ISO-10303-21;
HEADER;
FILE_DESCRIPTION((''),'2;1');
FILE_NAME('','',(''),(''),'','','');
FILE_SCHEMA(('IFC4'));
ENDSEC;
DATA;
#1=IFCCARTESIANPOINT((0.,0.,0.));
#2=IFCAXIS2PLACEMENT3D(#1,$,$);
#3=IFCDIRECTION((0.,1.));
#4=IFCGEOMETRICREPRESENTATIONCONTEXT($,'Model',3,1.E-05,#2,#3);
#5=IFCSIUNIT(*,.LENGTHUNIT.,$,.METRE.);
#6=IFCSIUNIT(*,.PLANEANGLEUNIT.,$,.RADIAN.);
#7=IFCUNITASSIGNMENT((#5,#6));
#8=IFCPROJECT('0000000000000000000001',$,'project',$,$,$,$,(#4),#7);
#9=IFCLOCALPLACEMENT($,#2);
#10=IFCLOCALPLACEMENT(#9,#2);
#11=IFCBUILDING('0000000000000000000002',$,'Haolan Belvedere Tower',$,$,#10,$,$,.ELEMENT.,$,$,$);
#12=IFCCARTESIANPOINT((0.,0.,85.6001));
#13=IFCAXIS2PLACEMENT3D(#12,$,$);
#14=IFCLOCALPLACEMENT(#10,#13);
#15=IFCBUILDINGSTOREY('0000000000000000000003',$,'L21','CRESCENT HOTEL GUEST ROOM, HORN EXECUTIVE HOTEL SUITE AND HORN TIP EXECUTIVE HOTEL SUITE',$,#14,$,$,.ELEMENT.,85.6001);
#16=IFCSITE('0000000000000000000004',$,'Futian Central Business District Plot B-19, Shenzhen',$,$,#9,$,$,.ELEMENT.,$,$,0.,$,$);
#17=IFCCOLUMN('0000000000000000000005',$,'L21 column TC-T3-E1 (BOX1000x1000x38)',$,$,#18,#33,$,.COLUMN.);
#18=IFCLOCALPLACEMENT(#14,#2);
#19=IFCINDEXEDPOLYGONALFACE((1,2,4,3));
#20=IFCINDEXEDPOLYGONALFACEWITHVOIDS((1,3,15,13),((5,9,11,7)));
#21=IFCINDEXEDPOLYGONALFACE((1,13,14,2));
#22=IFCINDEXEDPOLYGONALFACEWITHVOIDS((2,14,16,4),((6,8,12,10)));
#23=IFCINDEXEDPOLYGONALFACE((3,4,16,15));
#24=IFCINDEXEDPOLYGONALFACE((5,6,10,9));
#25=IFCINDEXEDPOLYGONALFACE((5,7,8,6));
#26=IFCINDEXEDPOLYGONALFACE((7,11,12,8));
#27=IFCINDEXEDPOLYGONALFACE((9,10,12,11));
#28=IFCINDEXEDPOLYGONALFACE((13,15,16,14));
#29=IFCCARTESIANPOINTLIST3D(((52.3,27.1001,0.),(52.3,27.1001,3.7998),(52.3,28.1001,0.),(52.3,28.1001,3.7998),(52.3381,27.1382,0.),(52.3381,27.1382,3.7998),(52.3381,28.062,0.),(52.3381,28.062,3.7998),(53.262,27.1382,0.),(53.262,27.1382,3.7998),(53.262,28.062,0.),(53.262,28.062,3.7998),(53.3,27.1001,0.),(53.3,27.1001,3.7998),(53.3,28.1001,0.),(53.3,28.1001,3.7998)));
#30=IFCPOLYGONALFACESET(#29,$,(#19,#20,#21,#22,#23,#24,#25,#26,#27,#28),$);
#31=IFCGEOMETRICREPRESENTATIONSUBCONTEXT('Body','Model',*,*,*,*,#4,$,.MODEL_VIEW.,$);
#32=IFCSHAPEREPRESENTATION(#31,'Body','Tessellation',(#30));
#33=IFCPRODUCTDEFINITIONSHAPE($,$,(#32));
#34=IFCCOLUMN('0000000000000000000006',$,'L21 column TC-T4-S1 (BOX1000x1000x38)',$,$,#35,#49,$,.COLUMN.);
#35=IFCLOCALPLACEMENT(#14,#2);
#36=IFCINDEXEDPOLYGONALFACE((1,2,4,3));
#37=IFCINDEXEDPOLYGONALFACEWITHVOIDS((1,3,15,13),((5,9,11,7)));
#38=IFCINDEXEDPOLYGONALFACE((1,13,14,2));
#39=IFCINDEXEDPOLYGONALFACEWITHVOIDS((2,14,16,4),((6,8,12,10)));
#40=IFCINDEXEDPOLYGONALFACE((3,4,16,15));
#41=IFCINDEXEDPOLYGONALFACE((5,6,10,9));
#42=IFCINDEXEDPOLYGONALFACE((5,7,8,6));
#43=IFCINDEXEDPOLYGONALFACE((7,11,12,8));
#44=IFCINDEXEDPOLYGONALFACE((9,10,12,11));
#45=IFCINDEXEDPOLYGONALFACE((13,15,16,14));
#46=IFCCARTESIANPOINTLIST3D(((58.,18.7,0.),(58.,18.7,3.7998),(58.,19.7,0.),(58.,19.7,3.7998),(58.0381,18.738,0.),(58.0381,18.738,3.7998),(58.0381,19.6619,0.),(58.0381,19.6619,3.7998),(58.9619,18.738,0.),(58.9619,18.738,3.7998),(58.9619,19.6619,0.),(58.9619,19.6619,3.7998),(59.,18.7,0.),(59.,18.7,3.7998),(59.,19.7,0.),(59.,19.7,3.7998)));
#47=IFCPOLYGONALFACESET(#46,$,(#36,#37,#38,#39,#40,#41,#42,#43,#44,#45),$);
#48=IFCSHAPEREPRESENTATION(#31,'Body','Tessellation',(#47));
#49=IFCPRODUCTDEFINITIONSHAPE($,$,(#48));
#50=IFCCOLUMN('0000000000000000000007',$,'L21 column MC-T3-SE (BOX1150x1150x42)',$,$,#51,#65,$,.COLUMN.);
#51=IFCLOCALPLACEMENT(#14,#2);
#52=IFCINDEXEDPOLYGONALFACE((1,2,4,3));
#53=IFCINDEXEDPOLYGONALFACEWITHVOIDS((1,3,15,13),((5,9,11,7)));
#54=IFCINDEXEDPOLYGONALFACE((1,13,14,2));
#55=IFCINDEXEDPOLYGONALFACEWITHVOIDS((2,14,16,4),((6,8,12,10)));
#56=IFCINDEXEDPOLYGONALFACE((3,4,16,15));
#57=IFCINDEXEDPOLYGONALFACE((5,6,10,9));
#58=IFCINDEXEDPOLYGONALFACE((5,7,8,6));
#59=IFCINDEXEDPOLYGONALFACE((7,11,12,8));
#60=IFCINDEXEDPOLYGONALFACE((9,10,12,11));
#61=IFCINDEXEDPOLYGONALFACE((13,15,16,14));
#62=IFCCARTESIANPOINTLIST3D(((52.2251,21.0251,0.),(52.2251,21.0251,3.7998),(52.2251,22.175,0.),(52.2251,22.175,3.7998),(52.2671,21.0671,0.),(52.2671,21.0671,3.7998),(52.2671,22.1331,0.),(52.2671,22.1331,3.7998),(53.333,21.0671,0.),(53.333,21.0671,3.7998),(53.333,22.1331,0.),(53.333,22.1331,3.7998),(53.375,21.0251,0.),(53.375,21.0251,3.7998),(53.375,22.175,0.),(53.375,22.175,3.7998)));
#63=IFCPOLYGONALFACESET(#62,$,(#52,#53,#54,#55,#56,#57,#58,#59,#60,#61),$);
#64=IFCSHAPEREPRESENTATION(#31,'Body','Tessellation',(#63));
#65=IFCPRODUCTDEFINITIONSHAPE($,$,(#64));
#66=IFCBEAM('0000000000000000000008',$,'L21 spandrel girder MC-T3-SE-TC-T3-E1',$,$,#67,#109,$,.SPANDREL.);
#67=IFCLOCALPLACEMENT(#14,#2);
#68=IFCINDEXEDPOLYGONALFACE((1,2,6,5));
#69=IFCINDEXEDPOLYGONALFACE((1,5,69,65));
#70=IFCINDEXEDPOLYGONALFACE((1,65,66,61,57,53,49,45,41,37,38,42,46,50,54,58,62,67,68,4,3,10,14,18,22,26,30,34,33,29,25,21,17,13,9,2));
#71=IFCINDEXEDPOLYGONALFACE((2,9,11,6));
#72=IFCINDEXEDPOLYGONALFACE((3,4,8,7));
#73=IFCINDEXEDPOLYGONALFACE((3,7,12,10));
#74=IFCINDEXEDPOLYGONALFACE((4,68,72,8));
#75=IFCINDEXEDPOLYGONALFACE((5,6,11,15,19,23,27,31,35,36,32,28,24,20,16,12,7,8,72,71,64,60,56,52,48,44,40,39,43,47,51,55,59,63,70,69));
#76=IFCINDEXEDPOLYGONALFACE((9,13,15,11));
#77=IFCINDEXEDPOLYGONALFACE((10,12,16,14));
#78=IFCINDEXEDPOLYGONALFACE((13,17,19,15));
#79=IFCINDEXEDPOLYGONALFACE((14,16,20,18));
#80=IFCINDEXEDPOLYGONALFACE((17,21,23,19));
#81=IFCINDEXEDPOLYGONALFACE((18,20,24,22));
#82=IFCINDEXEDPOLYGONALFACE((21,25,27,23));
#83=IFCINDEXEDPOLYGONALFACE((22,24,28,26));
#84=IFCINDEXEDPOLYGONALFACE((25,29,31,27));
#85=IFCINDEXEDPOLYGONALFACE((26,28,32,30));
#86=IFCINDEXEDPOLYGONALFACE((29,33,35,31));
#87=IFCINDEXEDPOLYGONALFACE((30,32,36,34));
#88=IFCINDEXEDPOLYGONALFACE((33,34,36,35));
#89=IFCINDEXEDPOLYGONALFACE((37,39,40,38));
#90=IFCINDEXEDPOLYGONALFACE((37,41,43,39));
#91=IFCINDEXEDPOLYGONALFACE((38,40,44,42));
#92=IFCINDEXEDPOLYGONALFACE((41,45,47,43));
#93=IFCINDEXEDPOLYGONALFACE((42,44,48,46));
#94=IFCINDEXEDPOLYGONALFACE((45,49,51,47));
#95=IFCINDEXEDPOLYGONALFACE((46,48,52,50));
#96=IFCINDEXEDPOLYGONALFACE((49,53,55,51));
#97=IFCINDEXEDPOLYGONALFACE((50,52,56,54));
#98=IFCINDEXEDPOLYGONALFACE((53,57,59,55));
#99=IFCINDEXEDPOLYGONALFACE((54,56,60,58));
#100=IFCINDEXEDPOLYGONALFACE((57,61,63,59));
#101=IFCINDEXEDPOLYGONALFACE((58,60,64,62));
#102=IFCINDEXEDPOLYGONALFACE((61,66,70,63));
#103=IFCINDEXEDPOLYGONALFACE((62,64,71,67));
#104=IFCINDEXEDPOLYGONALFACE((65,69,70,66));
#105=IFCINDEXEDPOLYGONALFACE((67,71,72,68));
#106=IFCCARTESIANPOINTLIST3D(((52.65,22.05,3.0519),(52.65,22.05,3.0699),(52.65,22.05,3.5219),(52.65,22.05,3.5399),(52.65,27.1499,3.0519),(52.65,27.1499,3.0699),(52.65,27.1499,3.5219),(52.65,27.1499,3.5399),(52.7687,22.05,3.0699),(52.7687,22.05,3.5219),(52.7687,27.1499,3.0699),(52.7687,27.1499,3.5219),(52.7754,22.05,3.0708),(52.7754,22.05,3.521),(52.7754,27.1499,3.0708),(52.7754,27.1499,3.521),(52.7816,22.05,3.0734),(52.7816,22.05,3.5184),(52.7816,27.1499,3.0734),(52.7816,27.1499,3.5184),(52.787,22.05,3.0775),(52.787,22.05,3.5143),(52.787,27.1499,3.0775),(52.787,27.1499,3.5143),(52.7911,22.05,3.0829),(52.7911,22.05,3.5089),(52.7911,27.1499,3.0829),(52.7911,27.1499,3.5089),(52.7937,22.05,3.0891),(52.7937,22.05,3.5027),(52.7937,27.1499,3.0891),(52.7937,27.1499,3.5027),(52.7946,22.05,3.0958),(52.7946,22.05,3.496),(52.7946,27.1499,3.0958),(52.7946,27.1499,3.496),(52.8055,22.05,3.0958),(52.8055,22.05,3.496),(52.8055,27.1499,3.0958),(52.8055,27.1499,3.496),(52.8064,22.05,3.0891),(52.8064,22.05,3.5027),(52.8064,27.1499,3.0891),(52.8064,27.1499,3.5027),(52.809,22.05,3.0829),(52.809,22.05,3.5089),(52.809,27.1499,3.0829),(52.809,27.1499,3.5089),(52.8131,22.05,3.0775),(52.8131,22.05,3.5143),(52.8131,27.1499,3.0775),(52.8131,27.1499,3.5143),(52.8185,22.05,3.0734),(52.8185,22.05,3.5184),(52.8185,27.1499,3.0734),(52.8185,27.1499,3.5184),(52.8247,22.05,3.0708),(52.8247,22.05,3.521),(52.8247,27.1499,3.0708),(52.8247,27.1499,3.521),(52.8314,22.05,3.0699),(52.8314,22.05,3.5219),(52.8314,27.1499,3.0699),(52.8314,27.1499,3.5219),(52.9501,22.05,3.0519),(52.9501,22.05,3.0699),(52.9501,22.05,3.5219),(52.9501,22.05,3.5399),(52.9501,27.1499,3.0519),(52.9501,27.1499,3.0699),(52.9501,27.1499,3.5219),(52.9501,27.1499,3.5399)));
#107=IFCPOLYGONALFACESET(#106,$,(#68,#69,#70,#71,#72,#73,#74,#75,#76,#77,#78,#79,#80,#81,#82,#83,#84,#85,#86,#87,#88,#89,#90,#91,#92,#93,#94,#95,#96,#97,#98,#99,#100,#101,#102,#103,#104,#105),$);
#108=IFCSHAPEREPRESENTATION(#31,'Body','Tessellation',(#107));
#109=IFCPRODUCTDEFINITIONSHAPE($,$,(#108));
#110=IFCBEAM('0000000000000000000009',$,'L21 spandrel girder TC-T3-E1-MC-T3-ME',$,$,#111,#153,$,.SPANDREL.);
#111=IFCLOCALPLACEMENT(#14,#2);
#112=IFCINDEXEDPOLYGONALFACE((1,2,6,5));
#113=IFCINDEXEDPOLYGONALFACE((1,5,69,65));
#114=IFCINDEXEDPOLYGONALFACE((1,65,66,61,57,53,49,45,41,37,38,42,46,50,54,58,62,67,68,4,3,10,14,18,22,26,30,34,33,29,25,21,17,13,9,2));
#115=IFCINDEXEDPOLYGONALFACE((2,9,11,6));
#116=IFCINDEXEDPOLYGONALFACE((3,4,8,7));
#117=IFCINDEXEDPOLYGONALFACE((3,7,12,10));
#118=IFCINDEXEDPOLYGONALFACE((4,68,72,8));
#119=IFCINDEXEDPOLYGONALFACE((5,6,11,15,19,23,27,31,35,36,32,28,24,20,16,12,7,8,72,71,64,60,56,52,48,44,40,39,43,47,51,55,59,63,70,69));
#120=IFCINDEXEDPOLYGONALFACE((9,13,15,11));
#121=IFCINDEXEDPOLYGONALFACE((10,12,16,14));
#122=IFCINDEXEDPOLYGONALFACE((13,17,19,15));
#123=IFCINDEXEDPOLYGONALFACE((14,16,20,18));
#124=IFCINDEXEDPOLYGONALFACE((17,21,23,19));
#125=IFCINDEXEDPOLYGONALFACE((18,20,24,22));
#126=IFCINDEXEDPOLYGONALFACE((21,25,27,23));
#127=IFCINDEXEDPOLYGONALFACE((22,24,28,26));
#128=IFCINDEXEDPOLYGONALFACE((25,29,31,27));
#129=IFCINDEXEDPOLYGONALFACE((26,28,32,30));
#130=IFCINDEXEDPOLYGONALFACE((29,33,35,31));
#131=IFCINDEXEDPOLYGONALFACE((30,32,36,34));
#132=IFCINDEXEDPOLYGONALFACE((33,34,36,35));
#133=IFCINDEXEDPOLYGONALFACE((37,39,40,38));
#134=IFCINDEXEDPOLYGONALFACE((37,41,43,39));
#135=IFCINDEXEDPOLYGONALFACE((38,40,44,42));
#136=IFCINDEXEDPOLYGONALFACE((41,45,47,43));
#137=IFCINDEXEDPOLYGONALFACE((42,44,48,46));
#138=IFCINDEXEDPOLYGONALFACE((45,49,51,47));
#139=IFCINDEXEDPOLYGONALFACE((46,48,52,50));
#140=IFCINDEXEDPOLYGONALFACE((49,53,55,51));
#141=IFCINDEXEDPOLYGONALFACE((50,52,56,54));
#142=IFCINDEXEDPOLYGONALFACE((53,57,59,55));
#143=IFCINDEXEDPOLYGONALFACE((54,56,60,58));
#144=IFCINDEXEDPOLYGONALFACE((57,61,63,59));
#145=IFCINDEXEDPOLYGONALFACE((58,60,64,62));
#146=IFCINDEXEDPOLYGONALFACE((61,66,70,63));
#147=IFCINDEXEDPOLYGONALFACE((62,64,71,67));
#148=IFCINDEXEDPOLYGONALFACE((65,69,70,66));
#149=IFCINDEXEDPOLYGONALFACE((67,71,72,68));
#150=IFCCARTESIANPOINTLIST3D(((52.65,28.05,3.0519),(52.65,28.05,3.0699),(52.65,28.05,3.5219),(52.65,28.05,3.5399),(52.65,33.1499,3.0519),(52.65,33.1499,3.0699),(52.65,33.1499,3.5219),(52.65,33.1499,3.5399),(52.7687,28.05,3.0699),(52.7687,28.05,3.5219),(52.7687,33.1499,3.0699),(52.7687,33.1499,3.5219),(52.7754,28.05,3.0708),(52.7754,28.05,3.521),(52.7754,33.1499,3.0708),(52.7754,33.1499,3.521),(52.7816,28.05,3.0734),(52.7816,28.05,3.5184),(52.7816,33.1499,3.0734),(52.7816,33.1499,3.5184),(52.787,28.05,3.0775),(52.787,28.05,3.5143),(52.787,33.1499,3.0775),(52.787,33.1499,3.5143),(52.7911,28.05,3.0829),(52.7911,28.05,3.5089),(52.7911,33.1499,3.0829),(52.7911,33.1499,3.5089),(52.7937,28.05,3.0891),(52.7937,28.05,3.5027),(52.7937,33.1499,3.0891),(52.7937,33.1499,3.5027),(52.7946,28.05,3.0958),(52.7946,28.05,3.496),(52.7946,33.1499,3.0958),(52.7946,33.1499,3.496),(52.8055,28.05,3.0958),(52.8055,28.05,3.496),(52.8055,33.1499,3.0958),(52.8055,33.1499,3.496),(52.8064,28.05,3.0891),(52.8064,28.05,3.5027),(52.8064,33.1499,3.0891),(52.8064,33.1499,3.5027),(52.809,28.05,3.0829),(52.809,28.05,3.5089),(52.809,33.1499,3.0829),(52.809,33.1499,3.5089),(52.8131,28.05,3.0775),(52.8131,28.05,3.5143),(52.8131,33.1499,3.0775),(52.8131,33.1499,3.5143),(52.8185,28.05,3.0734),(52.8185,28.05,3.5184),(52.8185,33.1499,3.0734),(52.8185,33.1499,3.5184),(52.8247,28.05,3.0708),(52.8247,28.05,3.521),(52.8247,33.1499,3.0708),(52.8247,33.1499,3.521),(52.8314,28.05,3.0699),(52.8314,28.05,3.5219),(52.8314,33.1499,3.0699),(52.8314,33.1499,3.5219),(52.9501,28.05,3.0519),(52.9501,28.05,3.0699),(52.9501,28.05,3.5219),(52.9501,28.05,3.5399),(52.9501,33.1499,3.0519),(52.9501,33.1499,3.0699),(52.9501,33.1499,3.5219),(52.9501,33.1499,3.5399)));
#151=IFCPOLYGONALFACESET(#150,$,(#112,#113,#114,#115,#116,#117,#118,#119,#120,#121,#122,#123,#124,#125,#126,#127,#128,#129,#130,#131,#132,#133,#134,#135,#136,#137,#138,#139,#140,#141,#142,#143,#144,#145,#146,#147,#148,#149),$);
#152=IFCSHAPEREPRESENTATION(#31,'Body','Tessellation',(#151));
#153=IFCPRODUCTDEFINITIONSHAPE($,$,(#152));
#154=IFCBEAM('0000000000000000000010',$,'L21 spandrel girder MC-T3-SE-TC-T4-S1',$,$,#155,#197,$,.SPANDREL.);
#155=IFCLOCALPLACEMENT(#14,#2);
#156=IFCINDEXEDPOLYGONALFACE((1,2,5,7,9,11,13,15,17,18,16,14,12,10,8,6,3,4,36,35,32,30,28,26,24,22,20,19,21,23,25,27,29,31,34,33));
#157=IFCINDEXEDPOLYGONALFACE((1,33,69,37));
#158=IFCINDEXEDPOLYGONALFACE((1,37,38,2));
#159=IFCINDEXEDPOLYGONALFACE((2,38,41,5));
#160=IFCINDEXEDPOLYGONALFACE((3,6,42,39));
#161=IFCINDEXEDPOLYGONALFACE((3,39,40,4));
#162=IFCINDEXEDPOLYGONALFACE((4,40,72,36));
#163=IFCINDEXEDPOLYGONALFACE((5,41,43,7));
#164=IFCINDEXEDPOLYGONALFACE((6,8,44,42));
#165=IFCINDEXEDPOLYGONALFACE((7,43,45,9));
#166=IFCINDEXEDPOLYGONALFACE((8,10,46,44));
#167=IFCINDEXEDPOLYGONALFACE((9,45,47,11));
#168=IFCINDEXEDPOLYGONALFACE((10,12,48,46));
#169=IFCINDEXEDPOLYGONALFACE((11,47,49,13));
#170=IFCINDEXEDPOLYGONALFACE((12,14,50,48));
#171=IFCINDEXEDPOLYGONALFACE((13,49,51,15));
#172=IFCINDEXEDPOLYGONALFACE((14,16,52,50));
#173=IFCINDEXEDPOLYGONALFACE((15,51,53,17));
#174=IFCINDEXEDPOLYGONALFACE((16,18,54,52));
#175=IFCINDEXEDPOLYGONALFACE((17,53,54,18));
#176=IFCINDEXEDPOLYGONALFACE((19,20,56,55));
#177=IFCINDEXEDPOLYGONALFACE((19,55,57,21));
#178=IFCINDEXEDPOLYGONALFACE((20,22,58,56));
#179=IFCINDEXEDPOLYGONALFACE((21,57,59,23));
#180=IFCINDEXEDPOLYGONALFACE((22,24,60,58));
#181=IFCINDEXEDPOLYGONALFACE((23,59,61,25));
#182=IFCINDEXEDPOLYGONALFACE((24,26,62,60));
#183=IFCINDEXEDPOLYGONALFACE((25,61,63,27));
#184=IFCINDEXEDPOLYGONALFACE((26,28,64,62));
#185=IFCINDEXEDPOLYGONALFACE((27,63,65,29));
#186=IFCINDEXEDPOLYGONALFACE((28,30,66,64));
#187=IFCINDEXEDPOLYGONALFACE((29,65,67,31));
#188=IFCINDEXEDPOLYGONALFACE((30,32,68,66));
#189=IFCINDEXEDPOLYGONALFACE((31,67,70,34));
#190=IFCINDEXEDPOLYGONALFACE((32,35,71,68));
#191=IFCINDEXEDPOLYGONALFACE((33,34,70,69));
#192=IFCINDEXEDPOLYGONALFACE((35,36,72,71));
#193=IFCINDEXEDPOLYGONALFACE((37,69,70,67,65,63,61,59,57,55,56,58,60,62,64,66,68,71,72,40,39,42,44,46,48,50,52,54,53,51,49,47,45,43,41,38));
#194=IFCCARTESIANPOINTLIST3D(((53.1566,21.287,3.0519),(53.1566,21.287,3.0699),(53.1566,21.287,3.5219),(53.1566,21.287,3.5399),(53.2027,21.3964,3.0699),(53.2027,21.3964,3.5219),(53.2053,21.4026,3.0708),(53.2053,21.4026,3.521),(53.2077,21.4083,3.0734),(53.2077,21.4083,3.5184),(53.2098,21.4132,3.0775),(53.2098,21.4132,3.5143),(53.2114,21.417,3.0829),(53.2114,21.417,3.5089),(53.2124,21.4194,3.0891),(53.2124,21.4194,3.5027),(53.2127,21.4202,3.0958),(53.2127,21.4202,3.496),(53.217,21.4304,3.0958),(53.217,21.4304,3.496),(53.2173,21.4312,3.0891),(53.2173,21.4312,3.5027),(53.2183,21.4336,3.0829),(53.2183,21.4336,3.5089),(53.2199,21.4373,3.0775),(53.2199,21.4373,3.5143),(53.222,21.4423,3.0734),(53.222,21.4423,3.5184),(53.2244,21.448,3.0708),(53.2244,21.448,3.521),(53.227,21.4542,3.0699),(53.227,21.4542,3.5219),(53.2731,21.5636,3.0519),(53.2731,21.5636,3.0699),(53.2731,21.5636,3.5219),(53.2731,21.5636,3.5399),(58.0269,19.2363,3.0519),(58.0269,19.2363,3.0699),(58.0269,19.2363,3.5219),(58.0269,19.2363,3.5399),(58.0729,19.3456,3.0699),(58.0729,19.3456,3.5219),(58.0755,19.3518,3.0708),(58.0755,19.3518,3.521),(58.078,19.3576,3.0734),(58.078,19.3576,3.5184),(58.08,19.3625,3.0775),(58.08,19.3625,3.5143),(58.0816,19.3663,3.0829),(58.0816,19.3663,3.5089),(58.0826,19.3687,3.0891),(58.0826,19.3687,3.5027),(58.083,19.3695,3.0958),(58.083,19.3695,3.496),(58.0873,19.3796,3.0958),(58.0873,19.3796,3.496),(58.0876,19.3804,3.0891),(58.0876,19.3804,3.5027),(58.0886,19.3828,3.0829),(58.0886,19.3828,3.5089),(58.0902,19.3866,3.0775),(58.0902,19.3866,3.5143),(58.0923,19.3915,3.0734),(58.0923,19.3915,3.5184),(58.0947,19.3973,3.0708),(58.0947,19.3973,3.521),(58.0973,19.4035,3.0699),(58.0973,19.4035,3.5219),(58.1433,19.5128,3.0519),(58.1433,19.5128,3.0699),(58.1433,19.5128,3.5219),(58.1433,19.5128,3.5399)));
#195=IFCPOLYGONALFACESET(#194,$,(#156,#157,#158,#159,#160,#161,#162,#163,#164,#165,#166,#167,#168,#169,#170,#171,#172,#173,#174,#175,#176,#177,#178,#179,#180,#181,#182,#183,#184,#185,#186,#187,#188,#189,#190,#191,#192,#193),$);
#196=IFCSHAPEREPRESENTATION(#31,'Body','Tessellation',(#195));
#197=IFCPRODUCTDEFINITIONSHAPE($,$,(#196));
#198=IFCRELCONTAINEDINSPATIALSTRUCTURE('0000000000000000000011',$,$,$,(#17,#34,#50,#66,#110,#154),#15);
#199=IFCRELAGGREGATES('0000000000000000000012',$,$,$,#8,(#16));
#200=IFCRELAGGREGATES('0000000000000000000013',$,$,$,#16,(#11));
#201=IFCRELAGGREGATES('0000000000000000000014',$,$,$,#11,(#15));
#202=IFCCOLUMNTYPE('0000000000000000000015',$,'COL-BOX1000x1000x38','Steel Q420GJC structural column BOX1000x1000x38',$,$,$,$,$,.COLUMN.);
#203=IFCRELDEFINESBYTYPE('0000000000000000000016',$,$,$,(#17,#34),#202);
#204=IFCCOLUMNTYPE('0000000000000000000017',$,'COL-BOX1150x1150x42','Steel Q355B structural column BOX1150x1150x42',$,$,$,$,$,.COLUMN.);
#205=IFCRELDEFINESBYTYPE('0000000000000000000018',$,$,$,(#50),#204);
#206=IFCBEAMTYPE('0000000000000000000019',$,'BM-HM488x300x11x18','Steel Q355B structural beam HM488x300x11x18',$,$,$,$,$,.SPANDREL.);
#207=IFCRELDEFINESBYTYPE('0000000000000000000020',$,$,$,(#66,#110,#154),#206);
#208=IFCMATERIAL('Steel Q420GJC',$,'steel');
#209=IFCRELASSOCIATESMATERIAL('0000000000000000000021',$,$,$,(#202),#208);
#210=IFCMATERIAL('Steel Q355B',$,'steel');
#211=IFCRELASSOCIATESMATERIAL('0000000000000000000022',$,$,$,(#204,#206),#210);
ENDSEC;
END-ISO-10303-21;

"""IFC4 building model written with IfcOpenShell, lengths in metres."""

from ifc_helpers import new_model, si_unit, direction, frame, origin, origin_2d, place, context, subcontext, project, spatial, hollow_rectangle, i_section, extrude, material, material_profile, profile_set, type_object, element, save


model = new_model("IFC4")

# Units and contexts
model_context = context("Model", 3, precision=1e-05, world=origin(), true_north=direction((0.0, 1.0)))
body_context = subcontext(model_context, "Body", "Model", "MODEL_VIEW")
ifc_project = project(units=[si_unit("LENGTHUNIT", "METRE"), si_unit("PLANEANGLEUNIT", "RADIAN")], contexts=[model_context])

# Site, building, storey
site_placement = place(None, origin())
site = spatial("IfcSite", under=ifc_project, at=site_placement, Name="Futian Central Business District Plot B-19, Shenzhen", CompositionType="ELEMENT", RefElevation=0.0)
building_placement = place(site_placement, origin())
building = spatial("IfcBuilding", under=site, at=building_placement, Name="Haolan Belvedere Tower", CompositionType="ELEMENT")
storey_placement = place(building_placement, frame((0.0, 0.0, 85.6001)))
storey = spatial("IfcBuildingStorey", under=building, at=storey_placement, Name="L21", Description="CRESCENT HOTEL GUEST ROOM, HORN EXECUTIVE HOTEL SUITE AND HORN TIP EXECUTIVE HOTEL SUITE", CompositionType="ELEMENT", Elevation=85.6001)

# Columns
ifc_material_1 = material(Name="Steel Q420GJC", Category="steel")
ifc_material_profile_1 = material_profile(ifc_material_1, hollow_rectangle(XDim=1.0, YDim=1.0, WallThickness=0.0381, at=origin_2d()), Name="Steel Q420GJC")
ifc_profile_set_1 = profile_set([ifc_material_profile_1], Name="Steel Q420GJC")
column_type_1 = type_object("IfcColumnType", Name="COL-BOX1000x1000x38", Description="Steel Q420GJC structural column BOX1000x1000x38", PredefinedType="COLUMN", material=ifc_profile_set_1)
for number, where, z_axis, x_axis, name in (
    (1, (52.8, 27.6001, 0.0), (0.0, 0.0, 1.0), (1.0, 0.0, 0.0), "L21 column TC-T3-E1 (BOX1000x1000x38)"),
    (2, (58.5, 19.2, 0.0), (0.0, 0.0, 1.0), (1.0, 0.0, 0.0), "L21 column TC-T4-S1 (BOX1000x1000x38)"),
):
    element("IfcColumn", number, at=place(storey_placement, frame(where, z_axis=z_axis, x_axis=x_axis)), inside=storey, type_object=column_type_1, Name=name, PredefinedType="COLUMN", context=body_context, shape_type="SweptSolid", body=[
        extrude(hollow_rectangle(XDim=1.0, YDim=1.0, WallThickness=0.0381, at=origin_2d()), origin(), (0.0, 0.0, 1.0), 3.7998),
    ])
ifc_material_2 = material(Name="Steel Q355B", Category="steel")
ifc_material_profile_2 = material_profile(ifc_material_2, hollow_rectangle(XDim=1.1499, YDim=1.1499, WallThickness=0.042, at=origin_2d()), Name="Steel Q355B")
ifc_profile_set_2 = profile_set([ifc_material_profile_2], Name="Steel Q355B")
column_type_2 = type_object("IfcColumnType", Name="COL-BOX1150x1150x42", Description="Steel Q355B structural column BOX1150x1150x42", PredefinedType="COLUMN", material=ifc_profile_set_2)
column_placement = place(storey_placement, frame((52.8, 21.6001, 0.0), z_axis=(0.0, 0.0, 1.0), x_axis=(1.0, 0.0, 0.0)))
element("IfcColumn", 3, at=column_placement, inside=storey, type_object=column_type_2, Name="L21 column MC-T3-SE (BOX1150x1150x42)", PredefinedType="COLUMN", context=body_context, shape_type="SweptSolid", body=[
    extrude(hollow_rectangle(XDim=1.1499, YDim=1.1499, WallThickness=0.042, at=origin_2d()), origin(), (0.0, 0.0, 1.0), 3.7998),
])

# Beams
ifc_material_profile_3 = material_profile(ifc_material_2, i_section(OverallWidth=0.3, OverallDepth=0.488, WebThickness=0.011, FlangeThickness=0.0181, FilletRadius=0.0259, at=origin_2d()), Name="Steel Q355B")
ifc_profile_set_3 = profile_set([ifc_material_profile_3], Name="Steel Q355B")
beam_type_1 = type_object("IfcBeamType", Name="BM-HM488x300x11x18", Description="Steel Q355B structural beam HM488x300x11x18", PredefinedType="SPANDREL", material=ifc_profile_set_3)
for number, where, z_axis, x_axis, name in (
    (4, (52.8, 22.05, 3.2959), (0.0, 1.0, 0.0), (-1.0, 0.0, 0.0), "L21 spandrel girder MC-T3-SE-TC-T3-E1"),
    (5, (52.8, 28.05, 3.2959), (0.0, 1.0, 0.0), (-1.0, 0.0, 0.0), "L21 spandrel girder TC-T3-E1-MC-T3-ME"),
):
    element("IfcBeam", number, at=place(storey_placement, frame(where, z_axis=z_axis, x_axis=x_axis)), inside=storey, type_object=beam_type_1, Name=name, PredefinedType="SPANDREL", context=body_context, shape_type="SweptSolid", body=[
        extrude(i_section(OverallWidth=0.3, OverallDepth=0.488, WebThickness=0.011, FlangeThickness=0.0181, FilletRadius=0.0259, at=origin_2d()), origin(), (0.0, 0.0, 1.0), 5.0999),
    ])
for number, where, z_axis, x_axis, name in (
    (6, (53.2148, 21.4253, 3.2959), (0.921628, -0.388074, 0.0), (0.388074, 0.921628, 0.0), "L21 spandrel girder MC-T3-SE-TC-T4-S1"),
):
    element("IfcBeam", number, at=place(storey_placement, frame(where, z_axis=z_axis, x_axis=x_axis)), inside=storey, type_object=beam_type_1, Name=name, PredefinedType="SPANDREL", context=body_context, shape_type="SweptSolid", body=[
        extrude(i_section(OverallWidth=0.3, OverallDepth=0.488, WebThickness=0.011, FlangeThickness=0.0181, FilletRadius=0.0259, at=origin_2d()), origin(), (0.0, 0.0, 1.0), 5.2844),
    ])

save(model, "model.ifc")
